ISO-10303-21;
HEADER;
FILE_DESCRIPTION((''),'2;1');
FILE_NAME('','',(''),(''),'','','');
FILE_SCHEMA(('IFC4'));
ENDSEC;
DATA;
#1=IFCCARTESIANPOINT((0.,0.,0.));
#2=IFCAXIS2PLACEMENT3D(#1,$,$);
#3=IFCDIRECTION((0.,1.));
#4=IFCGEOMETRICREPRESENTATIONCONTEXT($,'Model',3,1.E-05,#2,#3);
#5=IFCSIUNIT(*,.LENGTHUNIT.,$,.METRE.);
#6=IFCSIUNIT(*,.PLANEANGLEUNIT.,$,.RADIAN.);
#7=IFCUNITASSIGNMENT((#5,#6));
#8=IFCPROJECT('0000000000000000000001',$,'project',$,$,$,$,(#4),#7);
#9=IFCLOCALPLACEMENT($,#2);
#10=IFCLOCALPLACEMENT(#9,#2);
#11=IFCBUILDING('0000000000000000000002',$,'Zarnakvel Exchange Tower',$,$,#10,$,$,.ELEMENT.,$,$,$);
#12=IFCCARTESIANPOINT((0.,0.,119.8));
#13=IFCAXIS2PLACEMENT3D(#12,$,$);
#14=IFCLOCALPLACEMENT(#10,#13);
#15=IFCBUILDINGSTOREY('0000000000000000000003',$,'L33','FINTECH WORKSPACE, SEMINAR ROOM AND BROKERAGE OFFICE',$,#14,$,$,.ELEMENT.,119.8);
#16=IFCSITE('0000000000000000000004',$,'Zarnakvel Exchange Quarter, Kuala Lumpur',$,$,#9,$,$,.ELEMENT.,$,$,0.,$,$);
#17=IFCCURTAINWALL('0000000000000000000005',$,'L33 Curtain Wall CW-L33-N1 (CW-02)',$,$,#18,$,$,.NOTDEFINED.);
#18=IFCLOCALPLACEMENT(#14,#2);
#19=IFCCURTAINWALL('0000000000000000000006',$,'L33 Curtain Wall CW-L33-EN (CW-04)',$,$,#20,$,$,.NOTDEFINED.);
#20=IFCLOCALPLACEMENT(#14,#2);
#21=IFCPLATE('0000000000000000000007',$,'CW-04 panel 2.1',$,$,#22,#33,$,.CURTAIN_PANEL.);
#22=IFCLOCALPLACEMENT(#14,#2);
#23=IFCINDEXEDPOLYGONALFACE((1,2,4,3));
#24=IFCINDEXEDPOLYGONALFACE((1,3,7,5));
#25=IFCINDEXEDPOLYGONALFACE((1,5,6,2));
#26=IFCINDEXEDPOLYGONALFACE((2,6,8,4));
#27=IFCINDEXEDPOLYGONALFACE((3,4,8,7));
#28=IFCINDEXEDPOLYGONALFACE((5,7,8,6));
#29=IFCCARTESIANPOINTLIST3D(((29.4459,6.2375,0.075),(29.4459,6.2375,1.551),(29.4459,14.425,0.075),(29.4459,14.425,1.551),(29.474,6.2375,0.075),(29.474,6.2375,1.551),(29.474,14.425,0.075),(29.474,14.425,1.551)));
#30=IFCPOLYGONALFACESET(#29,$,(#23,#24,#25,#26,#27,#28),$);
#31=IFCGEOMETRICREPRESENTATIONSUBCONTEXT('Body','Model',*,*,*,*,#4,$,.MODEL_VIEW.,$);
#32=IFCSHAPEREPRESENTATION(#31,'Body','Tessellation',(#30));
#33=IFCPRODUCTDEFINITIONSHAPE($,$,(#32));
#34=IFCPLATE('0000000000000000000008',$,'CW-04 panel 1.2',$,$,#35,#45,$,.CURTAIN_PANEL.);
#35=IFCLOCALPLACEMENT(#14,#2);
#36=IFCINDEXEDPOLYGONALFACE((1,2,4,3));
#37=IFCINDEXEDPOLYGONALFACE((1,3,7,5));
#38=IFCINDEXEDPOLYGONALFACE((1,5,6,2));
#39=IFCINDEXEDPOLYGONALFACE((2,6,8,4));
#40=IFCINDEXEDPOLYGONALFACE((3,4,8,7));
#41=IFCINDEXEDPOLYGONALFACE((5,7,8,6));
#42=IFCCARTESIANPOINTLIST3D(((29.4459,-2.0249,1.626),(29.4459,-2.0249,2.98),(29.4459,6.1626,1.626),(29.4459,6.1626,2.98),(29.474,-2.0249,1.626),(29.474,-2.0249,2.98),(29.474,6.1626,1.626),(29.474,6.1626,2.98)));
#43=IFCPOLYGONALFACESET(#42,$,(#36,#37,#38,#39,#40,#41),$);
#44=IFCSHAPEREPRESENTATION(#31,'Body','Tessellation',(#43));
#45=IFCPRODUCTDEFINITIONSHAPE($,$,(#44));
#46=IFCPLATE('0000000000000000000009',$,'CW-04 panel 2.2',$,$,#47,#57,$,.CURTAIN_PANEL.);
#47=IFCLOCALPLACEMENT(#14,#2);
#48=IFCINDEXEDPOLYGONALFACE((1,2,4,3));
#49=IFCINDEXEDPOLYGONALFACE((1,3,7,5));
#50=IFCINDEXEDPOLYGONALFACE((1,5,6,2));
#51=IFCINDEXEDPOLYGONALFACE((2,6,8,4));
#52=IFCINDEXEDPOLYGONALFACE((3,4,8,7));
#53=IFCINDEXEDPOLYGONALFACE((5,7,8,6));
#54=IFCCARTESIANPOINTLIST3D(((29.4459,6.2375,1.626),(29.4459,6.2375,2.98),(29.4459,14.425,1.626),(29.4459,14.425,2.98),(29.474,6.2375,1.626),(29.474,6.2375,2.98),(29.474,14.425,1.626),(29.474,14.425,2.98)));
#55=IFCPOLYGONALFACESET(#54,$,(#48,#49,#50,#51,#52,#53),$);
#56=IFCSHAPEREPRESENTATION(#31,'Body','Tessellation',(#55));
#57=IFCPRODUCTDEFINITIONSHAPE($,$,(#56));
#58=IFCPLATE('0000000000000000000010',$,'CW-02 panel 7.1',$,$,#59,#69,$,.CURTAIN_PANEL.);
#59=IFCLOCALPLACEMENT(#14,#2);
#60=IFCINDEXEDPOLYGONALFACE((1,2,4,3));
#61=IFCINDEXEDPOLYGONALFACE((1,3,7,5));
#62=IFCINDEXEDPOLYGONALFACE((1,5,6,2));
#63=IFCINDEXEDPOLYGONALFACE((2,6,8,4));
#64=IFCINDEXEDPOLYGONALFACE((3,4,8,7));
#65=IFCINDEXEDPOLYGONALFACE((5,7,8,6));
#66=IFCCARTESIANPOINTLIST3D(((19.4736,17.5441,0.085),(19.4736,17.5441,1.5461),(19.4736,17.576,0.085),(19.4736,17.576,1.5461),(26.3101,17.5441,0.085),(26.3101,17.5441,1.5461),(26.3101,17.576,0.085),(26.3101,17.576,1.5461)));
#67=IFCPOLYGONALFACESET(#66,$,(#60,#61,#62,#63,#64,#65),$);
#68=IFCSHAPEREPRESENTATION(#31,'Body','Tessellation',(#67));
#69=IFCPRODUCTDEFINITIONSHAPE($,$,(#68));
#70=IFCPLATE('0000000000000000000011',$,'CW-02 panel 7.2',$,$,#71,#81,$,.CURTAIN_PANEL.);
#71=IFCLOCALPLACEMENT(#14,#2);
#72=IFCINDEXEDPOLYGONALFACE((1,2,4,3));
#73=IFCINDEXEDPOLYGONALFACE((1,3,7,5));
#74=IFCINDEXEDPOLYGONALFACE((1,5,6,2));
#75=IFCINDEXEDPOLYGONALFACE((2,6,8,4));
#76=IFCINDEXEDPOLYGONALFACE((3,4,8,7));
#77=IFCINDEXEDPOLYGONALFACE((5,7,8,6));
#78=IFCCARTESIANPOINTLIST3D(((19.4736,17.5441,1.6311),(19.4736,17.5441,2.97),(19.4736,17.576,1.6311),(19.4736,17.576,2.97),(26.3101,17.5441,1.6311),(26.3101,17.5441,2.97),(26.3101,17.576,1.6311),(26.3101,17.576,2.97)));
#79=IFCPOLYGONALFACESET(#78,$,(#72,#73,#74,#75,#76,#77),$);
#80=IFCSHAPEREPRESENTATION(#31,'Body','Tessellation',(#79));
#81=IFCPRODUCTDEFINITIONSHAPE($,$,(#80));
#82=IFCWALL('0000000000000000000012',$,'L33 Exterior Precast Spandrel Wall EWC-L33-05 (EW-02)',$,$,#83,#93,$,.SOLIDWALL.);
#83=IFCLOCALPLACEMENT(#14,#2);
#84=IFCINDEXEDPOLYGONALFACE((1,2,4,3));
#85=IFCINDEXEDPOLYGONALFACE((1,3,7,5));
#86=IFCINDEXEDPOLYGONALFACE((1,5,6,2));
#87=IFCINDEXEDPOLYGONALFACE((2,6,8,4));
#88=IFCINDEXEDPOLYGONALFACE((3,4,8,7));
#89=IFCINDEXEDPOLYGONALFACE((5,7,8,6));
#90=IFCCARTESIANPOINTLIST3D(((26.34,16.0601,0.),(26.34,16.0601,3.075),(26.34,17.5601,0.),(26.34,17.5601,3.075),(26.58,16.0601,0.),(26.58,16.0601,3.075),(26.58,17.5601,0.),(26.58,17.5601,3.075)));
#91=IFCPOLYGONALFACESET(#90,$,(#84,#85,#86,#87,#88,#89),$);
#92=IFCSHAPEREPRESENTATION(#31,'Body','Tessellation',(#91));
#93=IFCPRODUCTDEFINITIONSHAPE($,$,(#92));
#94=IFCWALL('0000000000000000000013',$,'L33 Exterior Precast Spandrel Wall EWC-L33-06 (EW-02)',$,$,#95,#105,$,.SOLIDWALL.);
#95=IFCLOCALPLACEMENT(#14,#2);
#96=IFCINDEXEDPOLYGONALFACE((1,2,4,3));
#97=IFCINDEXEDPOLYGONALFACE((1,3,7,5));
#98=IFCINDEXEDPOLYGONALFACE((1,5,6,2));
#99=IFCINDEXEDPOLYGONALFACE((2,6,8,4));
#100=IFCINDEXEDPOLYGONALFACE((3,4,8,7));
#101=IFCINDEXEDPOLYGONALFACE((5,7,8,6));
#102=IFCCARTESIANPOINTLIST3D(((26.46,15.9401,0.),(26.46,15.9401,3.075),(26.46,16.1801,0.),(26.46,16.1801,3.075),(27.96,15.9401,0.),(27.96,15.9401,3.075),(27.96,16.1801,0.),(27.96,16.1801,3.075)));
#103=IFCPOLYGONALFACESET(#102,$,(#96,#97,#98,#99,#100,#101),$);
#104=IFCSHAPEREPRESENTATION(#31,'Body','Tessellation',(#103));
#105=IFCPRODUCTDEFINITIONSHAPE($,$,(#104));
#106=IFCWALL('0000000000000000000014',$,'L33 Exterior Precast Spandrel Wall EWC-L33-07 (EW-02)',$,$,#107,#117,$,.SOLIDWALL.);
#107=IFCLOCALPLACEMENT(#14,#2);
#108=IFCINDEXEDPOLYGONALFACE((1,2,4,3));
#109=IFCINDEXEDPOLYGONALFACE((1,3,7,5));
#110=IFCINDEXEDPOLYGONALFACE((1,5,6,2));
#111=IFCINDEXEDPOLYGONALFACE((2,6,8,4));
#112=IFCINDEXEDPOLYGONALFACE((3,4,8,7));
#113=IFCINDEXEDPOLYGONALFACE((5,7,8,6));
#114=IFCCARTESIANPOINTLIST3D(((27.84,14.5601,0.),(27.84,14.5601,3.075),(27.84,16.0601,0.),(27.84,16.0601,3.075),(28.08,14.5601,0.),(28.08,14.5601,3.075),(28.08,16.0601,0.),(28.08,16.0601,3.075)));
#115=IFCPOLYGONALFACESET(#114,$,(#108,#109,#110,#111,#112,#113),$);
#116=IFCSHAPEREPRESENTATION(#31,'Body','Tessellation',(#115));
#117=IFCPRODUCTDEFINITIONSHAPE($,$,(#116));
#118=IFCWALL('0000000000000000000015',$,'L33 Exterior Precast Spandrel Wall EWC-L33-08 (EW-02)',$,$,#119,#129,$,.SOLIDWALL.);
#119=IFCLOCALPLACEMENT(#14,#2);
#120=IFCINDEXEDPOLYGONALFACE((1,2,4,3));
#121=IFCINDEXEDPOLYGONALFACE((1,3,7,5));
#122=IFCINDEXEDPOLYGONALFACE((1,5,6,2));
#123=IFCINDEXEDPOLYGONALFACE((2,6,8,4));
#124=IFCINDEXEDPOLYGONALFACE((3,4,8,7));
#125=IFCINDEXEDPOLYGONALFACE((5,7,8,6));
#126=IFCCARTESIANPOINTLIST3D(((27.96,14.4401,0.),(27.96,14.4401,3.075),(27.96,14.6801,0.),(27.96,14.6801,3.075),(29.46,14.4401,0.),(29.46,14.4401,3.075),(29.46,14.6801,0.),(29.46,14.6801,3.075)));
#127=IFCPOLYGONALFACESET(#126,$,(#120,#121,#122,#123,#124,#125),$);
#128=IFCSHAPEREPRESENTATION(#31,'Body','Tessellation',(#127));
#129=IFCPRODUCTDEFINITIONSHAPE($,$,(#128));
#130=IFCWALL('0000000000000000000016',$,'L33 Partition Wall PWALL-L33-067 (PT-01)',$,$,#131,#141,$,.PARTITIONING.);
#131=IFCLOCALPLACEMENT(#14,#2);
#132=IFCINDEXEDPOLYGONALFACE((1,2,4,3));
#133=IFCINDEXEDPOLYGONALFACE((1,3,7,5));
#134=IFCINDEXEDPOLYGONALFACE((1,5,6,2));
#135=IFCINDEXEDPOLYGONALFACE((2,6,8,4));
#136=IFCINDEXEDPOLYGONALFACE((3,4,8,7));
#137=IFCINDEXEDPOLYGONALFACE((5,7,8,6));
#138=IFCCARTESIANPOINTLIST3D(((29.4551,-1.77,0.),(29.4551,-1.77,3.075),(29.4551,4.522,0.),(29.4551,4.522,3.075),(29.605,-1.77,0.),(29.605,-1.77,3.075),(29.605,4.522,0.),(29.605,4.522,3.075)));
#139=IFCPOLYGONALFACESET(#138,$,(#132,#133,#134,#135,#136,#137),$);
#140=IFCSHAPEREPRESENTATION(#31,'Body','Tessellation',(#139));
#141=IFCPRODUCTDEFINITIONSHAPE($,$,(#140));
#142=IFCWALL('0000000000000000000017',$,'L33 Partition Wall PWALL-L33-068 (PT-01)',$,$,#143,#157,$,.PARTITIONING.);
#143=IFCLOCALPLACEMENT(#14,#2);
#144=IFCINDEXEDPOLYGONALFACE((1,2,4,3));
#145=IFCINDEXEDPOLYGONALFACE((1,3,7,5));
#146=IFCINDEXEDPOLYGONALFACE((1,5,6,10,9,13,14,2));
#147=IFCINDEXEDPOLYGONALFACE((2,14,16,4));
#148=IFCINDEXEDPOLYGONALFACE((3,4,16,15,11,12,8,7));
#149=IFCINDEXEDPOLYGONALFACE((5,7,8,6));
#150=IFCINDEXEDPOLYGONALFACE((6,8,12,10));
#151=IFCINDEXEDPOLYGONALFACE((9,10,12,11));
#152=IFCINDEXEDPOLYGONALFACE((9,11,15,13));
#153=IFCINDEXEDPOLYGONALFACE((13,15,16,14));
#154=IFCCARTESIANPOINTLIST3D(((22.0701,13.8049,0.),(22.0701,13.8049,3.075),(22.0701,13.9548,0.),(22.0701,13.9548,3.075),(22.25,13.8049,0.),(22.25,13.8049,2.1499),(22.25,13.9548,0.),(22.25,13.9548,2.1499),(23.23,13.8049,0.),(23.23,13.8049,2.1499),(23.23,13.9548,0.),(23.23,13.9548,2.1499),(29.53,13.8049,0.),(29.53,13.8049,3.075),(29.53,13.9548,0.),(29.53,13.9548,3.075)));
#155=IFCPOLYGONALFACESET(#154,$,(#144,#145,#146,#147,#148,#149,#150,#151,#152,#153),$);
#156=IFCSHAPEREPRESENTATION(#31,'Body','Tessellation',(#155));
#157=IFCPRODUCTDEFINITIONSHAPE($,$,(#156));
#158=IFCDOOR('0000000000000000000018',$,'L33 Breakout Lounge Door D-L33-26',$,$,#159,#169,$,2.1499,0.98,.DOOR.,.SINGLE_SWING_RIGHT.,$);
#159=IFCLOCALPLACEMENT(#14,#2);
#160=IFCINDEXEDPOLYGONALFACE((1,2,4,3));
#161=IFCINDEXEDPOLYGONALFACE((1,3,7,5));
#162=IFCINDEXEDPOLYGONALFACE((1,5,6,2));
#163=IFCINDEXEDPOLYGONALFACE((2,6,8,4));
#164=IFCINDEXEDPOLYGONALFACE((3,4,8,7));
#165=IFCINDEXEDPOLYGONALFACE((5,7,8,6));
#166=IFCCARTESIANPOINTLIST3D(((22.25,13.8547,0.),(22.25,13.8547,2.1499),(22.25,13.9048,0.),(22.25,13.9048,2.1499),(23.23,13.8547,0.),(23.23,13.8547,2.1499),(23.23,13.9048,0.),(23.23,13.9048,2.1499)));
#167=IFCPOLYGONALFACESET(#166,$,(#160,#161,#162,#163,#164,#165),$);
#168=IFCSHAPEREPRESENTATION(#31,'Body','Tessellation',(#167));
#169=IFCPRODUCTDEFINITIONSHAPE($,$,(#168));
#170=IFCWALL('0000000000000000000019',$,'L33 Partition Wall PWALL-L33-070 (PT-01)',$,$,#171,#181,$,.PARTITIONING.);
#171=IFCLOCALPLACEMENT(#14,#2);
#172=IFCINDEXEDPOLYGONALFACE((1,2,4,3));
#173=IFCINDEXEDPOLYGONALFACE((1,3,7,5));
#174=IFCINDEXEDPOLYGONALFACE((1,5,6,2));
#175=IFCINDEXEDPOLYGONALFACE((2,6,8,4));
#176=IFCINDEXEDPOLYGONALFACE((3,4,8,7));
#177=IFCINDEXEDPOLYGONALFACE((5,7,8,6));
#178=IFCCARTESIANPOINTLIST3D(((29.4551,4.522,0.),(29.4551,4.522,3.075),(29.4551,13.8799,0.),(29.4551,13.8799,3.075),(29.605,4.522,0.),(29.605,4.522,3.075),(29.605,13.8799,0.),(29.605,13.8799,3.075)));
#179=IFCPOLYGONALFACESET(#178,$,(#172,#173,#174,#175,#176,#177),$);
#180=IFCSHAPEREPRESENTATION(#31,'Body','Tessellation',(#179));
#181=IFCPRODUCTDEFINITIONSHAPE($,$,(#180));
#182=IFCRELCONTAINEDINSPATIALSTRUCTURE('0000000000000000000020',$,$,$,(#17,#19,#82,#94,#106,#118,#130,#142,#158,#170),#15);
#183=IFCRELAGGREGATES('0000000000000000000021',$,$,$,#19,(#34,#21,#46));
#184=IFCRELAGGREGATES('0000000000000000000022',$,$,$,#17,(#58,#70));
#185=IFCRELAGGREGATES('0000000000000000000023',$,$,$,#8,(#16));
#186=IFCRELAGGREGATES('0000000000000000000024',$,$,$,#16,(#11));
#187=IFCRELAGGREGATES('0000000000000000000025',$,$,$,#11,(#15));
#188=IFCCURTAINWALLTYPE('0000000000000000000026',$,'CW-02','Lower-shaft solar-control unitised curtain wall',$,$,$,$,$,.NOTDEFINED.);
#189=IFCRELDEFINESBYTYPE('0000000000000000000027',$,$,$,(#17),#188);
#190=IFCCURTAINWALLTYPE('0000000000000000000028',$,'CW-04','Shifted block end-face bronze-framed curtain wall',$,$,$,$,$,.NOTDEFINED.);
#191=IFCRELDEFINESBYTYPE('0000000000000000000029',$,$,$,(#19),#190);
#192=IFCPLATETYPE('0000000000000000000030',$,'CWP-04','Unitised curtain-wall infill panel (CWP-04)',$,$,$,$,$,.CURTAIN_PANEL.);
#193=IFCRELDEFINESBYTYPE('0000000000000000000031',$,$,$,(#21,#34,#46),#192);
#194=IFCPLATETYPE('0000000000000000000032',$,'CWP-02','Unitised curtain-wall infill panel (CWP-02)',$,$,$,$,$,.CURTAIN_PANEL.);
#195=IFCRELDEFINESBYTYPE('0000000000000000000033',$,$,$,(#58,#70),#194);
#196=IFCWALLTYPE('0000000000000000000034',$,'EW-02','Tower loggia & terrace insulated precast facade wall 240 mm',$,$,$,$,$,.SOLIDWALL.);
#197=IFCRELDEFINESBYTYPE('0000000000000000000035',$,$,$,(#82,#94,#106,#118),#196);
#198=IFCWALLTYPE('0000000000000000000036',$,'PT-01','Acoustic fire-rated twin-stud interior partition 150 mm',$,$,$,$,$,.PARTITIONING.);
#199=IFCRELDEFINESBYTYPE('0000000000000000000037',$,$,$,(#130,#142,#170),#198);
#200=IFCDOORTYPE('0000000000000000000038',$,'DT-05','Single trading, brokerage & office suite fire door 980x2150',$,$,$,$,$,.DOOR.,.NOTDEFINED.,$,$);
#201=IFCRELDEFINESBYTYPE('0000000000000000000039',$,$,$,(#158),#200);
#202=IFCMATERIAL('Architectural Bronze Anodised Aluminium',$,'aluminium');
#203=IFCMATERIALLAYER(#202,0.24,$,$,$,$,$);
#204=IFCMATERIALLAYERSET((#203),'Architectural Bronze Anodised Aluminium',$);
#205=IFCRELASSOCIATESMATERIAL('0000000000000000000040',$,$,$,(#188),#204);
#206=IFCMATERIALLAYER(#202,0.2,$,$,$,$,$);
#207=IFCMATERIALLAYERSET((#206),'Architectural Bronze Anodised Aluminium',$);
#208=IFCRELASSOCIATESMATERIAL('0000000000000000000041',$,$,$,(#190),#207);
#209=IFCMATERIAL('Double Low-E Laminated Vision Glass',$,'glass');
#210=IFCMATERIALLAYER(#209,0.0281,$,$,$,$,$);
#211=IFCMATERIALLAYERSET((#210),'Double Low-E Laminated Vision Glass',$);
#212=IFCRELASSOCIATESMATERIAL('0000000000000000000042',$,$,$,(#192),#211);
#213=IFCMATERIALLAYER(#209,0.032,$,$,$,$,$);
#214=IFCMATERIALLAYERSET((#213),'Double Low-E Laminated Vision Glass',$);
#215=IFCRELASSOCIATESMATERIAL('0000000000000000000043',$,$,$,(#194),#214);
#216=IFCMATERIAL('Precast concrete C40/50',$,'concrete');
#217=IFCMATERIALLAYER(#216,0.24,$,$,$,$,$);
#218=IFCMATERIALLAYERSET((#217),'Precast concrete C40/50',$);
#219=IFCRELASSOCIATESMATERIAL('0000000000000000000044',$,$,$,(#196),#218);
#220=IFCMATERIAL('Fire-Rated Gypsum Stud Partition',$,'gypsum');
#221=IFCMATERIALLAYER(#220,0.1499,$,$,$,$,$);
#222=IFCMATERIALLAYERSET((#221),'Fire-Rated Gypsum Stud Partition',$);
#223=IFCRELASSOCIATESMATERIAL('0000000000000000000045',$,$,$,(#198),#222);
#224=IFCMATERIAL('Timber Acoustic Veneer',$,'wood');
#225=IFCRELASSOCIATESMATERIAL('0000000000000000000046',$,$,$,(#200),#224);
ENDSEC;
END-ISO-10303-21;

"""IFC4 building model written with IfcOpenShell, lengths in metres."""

from ifc_helpers import new_model, si_unit, direction, frame, frame_2d, origin, origin_2d, place, context, subcontext, project, spatial, rectangle, extrude, source, transform, mapped, material, layer, layer_set, type_object, element, fill, aggregate, save


model = new_model("IFC4")

# Units and contexts
model_context = context("Model", 3, precision=1e-05, world=origin(), true_north=direction((0.0, 1.0)))
body_context = subcontext(model_context, "Body", "Model", "MODEL_VIEW")
ifc_project = project(units=[si_unit("LENGTHUNIT", "METRE"), si_unit("PLANEANGLEUNIT", "RADIAN")], contexts=[model_context])

# Site, building, storey
site_placement = place(None, origin())
site = spatial("IfcSite", under=ifc_project, at=site_placement, Name="Zarnakvel Exchange Quarter, Kuala Lumpur", CompositionType="ELEMENT", RefElevation=0.0)
building_placement = place(site_placement, origin())
building = spatial("IfcBuilding", under=site, at=building_placement, Name="Zarnakvel Exchange Tower", CompositionType="ELEMENT")
storey_placement = place(building_placement, frame((0.0, 0.0, 119.8)))
storey = spatial("IfcBuildingStorey", under=building, at=storey_placement, Name="L33", Description="FINTECH WORKSPACE, SEMINAR ROOM AND BROKERAGE OFFICE", CompositionType="ELEMENT", Elevation=119.8)

# Curtain wall
ifc_material_1 = material(Name="Architectural Bronze Anodised Aluminium", Category="aluminium")
ifc_layer_1 = layer(ifc_material_1, 0.24)
ifc_layer_set_1 = layer_set([ifc_layer_1], Name="Architectural Bronze Anodised Aluminium")
curtain_wall_type_1 = type_object("IfcCurtainWallType", Name="CW-02", Description="Lower-shaft solar-control unitised curtain wall", PredefinedType="NOTDEFINED", material=ifc_layer_set_1)
curtain_wall_1_placement = place(storey_placement, origin())
curtain_wall_1 = element("IfcCurtainWall", 1, at=curtain_wall_1_placement, inside=storey, type_object=curtain_wall_type_1, Name="L33 Curtain Wall CW-L33-N1 (CW-02)", PredefinedType="NOTDEFINED")

# Curtain wall, plates
ifc_layer_2 = layer(ifc_material_1, 0.2)
ifc_layer_set_2 = layer_set([ifc_layer_2], Name="Architectural Bronze Anodised Aluminium")
curtain_wall_type_2 = type_object("IfcCurtainWallType", Name="CW-04", Description="Shifted block end-face bronze-framed curtain wall", PredefinedType="NOTDEFINED", material=ifc_layer_set_2)
curtain_wall_2_placement = place(storey_placement, origin())
curtain_wall_2 = element("IfcCurtainWall", 2, at=curtain_wall_2_placement, inside=storey, type_object=curtain_wall_type_2, Name="L33 Curtain Wall CW-L33-EN (CW-04)", PredefinedType="NOTDEFINED")
ifc_material_2 = material(Name="Double Low-E Laminated Vision Glass", Category="glass")
ifc_layer_3 = layer(ifc_material_2, 0.0281)
ifc_layer_set_3 = layer_set([ifc_layer_3], Name="Double Low-E Laminated Vision Glass")
plate_type_1 = type_object("IfcPlateType", Name="CWP-04", Description="Unitised curtain-wall infill panel (CWP-04)", PredefinedType="CURTAIN_PANEL", material=ifc_layer_set_3)
shared_shape_1 = source(origin(), body_context, "Body", "SweptSolid", [
    extrude(rectangle(XDim=8.1875, YDim=0.0281, at=origin_2d()), origin(), (0.0, 0.0, 1.0), 1.4761),
])
plate_1_placement = place(storey_placement, frame((29.46, 10.3313, 0.075), z_axis=(0.0, 0.0, 1.0), x_axis=(0.0, 1.0, 0.0)))
plate_1 = element("IfcPlate", 3, at=plate_1_placement, type_object=plate_type_1, Name="CW-04 panel 2.1", PredefinedType="CURTAIN_PANEL", context=body_context, shape_type="MappedRepresentation", body=[
    mapped(shared_shape_1, transform((0.0, 0.0, 0.0), x_axis=(1.0, 0.0, 0.0), y_axis=(0.0, 1.0, 0.0), z_axis=(0.0, 0.0, 1.0), scale=1.0)),
])
shared_shape_2 = source(origin(), body_context, "Body", "SweptSolid", [
    extrude(rectangle(XDim=8.1875, YDim=0.0281, at=origin_2d()), origin(), (0.0, 0.0, 1.0), 1.354),
])
plate_2_placement = place(storey_placement, frame((29.46, 2.0688, 1.626), z_axis=(0.0, 0.0, 1.0), x_axis=(0.0, 1.0, 0.0)))
plate_2 = element("IfcPlate", 4, at=plate_2_placement, type_object=plate_type_1, Name="CW-04 panel 1.2", PredefinedType="CURTAIN_PANEL", context=body_context, shape_type="MappedRepresentation", body=[
    mapped(shared_shape_2, transform((0.0, 0.0, 0.0), x_axis=(1.0, 0.0, 0.0), y_axis=(0.0, 1.0, 0.0), z_axis=(0.0, 0.0, 1.0), scale=1.0)),
])
plate_3_placement = place(storey_placement, frame((29.46, 10.3313, 1.626), z_axis=(0.0, 0.0, 1.0), x_axis=(0.0, 1.0, 0.0)))
plate_3 = element("IfcPlate", 5, at=plate_3_placement, type_object=plate_type_1, Name="CW-04 panel 2.2", PredefinedType="CURTAIN_PANEL", context=body_context, shape_type="MappedRepresentation", body=[
    mapped(shared_shape_2, transform((0.0, 0.0, 0.0), x_axis=(1.0, 0.0, 0.0), y_axis=(0.0, 1.0, 0.0), z_axis=(0.0, 0.0, 1.0), scale=1.0)),
])
aggregate(curtain_wall_2, [plate_2, plate_1, plate_3])

# Plates
ifc_layer_4 = layer(ifc_material_2, 0.032)
ifc_layer_set_4 = layer_set([ifc_layer_4], Name="Double Low-E Laminated Vision Glass")
plate_type_2 = type_object("IfcPlateType", Name="CWP-02", Description="Unitised curtain-wall infill panel (CWP-02)", PredefinedType="CURTAIN_PANEL", material=ifc_layer_set_4)
shared_shape_3 = source(origin(), body_context, "Body", "SweptSolid", [
    extrude(rectangle(XDim=6.8364, YDim=0.032, at=origin_2d()), origin(), (0.0, 0.0, 1.0), 1.4612),
])
plate_4_placement = place(storey_placement, frame((22.8918, 17.5601, 0.085), z_axis=(0.0, 0.0, 1.0), x_axis=(1.0, 0.0, 0.0)))
plate_4 = element("IfcPlate", 6, at=plate_4_placement, type_object=plate_type_2, Name="CW-02 panel 7.1", PredefinedType="CURTAIN_PANEL", context=body_context, shape_type="MappedRepresentation", body=[
    mapped(shared_shape_3, transform((0.0, 0.0, 0.0), x_axis=(1.0, 0.0, 0.0), y_axis=(0.0, 1.0, 0.0), z_axis=(0.0, 0.0, 1.0), scale=1.0)),
])
shared_shape_4 = source(origin(), body_context, "Body", "SweptSolid", [
    extrude(rectangle(XDim=6.8364, YDim=0.032, at=origin_2d()), origin(), (0.0, 0.0, 1.0), 1.3389),
])
plate_5_placement = place(storey_placement, frame((22.8918, 17.5601, 1.6311), z_axis=(0.0, 0.0, 1.0), x_axis=(1.0, 0.0, 0.0)))
plate_5 = element("IfcPlate", 7, at=plate_5_placement, type_object=plate_type_2, Name="CW-02 panel 7.2", PredefinedType="CURTAIN_PANEL", context=body_context, shape_type="MappedRepresentation", body=[
    mapped(shared_shape_4, transform((0.0, 0.0, 0.0), x_axis=(1.0, 0.0, 0.0), y_axis=(0.0, 1.0, 0.0), z_axis=(0.0, 0.0, 1.0), scale=1.0)),
])
aggregate(curtain_wall_1, [plate_4, plate_5])

# Walls
ifc_material_3 = material(Name="Precast concrete C40/50", Category="concrete")
ifc_layer_5 = layer(ifc_material_3, 0.24)
ifc_layer_set_5 = layer_set([ifc_layer_5], Name="Precast concrete C40/50")
wall_type_1 = type_object("IfcWallType", Name="EW-02", Description="Tower loggia & terrace insulated precast facade wall 240 mm", PredefinedType="SOLIDWALL", material=ifc_layer_set_5)
for number, where, z_axis, x_axis, name in (
    (8, (26.46, 16.0601, 0.0), (0.0, 0.0, 1.0), (0.0, 1.0, 0.0), "L33 Exterior Precast Spandrel Wall EWC-L33-05 (EW-02)"),
    (9, (27.96, 16.0601, 0.0), (0.0, 0.0, 1.0), (-1.0, 0.0, 0.0), "L33 Exterior Precast Spandrel Wall EWC-L33-06 (EW-02)"),
    (10, (27.96, 14.5601, 0.0), (0.0, 0.0, 1.0), (0.0, 1.0, 0.0), "L33 Exterior Precast Spandrel Wall EWC-L33-07 (EW-02)"),
    (11, (29.46, 14.5601, 0.0), (0.0, 0.0, 1.0), (-1.0, 0.0, 0.0), "L33 Exterior Precast Spandrel Wall EWC-L33-08 (EW-02)"),
):
    element("IfcWall", number, at=place(storey_placement, frame(where, z_axis=z_axis, x_axis=x_axis)), inside=storey, type_object=wall_type_1, Name=name, PredefinedType="SOLIDWALL", context=body_context, shape_type="SweptSolid", body=[
        extrude(rectangle(XDim=1.5, YDim=0.24, at=frame_2d((0.75, 0.0))), origin(), (0.0, 0.0, 1.0), 3.075),
    ])
ifc_material_4 = material(Name="Fire-Rated Gypsum Stud Partition", Category="gypsum")
ifc_layer_6 = layer(ifc_material_4, 0.1499)
ifc_layer_set_6 = layer_set([ifc_layer_6], Name="Fire-Rated Gypsum Stud Partition")
wall_type_2 = type_object("IfcWallType", Name="PT-01", Description="Acoustic fire-rated twin-stud interior partition 150 mm", PredefinedType="PARTITIONING", material=ifc_layer_set_6)
wall_1_placement = place(storey_placement, frame((29.53, 4.522, 0.0), z_axis=(0.0, 0.0, 1.0), x_axis=(0.0, -1.0, 0.0)))
element("IfcWall", 12, at=wall_1_placement, inside=storey, type_object=wall_type_2, Name="L33 Partition Wall PWALL-L33-067 (PT-01)", PredefinedType="PARTITIONING", context=body_context, shape_type="SweptSolid", body=[
    extrude(rectangle(XDim=6.292, YDim=0.1499, at=frame_2d((3.146, 0.0))), origin(), (0.0, 0.0, 1.0), 3.075),
])

# Wall, opening, door
wall_2_placement = place(storey_placement, frame((22.0701, 13.8799, 0.0), z_axis=(0.0, 0.0, 1.0), x_axis=(1.0, 0.0, 0.0)))
wall_2 = element("IfcWall", 13, at=wall_2_placement, inside=storey, type_object=wall_type_2, Name="L33 Partition Wall PWALL-L33-068 (PT-01)", PredefinedType="PARTITIONING", context=body_context, shape_type="SweptSolid", body=[
    extrude(rectangle(XDim=7.46, YDim=0.1499, at=frame_2d((3.73, 0.0))), origin(), (0.0, 0.0, 1.0), 3.075),
])
opening_placement = place(wall_2_placement, frame((0.1799, 0.0, 0.0)))
opening = element("IfcOpeningElement", 14, at=opening_placement, cuts=wall_2, PredefinedType="OPENING", context=body_context, shape_type="SweptSolid", body=[
    extrude(rectangle(XDim=0.98, YDim=2.1499, at=frame_2d((0.49, 1.075))), frame((0.0, 0.085, 0.0), z_axis=(0.0, -1.0, 0.0), x_axis=(1.0, 0.0, 0.0)), (0.0, 0.0, 1.0), 0.1699),
])
ifc_material_5 = material(Name="Timber Acoustic Veneer", Category="wood")
door_type = type_object("IfcDoorType", Name="DT-05", Description="Single trading, brokerage & office suite fire door 980x2150", OperationType="NOTDEFINED", PredefinedType="DOOR", material=ifc_material_5)
shared_shape_5 = source(origin(), body_context, "Body", "SweptSolid", [
    extrude(rectangle(XDim=0.98, YDim=2.1499, at=frame_2d((0.49, 1.075))), frame((0.0, 0.0249, 0.0), z_axis=(0.0, -1.0, 0.0), x_axis=(1.0, 0.0, 0.0)), (0.0, 0.0, 1.0), 0.05),
])
door_placement = place(opening_placement, origin())
door = element("IfcDoor", 15, at=door_placement, inside=storey, type_object=door_type, Name="L33 Breakout Lounge Door D-L33-26", OperationType="SINGLE_SWING_RIGHT", OverallHeight=2.1499, OverallWidth=0.98, PredefinedType="DOOR", context=body_context, shape_type="MappedRepresentation", body=[
    mapped(shared_shape_5, transform((0.0, 0.0, 0.0), x_axis=(1.0, 0.0, 0.0), y_axis=(0.0, 1.0, 0.0), z_axis=(0.0, 0.0, 1.0), scale=1.0)),
])
fill(opening, door)

# Wall
wall_3_placement = place(storey_placement, frame((29.53, 13.8799, 0.0), z_axis=(0.0, 0.0, 1.0), x_axis=(0.0, -1.0, 0.0)))
element("IfcWall", 16, at=wall_3_placement, inside=storey, type_object=wall_type_2, Name="L33 Partition Wall PWALL-L33-070 (PT-01)", PredefinedType="PARTITIONING", context=body_context, shape_type="SweptSolid", body=[
    extrude(rectangle(XDim=9.3579, YDim=0.1499, at=frame_2d((4.679, 0.0))), origin(), (0.0, 0.0, 1.0), 3.075),
])

save(model, "model.ifc")
